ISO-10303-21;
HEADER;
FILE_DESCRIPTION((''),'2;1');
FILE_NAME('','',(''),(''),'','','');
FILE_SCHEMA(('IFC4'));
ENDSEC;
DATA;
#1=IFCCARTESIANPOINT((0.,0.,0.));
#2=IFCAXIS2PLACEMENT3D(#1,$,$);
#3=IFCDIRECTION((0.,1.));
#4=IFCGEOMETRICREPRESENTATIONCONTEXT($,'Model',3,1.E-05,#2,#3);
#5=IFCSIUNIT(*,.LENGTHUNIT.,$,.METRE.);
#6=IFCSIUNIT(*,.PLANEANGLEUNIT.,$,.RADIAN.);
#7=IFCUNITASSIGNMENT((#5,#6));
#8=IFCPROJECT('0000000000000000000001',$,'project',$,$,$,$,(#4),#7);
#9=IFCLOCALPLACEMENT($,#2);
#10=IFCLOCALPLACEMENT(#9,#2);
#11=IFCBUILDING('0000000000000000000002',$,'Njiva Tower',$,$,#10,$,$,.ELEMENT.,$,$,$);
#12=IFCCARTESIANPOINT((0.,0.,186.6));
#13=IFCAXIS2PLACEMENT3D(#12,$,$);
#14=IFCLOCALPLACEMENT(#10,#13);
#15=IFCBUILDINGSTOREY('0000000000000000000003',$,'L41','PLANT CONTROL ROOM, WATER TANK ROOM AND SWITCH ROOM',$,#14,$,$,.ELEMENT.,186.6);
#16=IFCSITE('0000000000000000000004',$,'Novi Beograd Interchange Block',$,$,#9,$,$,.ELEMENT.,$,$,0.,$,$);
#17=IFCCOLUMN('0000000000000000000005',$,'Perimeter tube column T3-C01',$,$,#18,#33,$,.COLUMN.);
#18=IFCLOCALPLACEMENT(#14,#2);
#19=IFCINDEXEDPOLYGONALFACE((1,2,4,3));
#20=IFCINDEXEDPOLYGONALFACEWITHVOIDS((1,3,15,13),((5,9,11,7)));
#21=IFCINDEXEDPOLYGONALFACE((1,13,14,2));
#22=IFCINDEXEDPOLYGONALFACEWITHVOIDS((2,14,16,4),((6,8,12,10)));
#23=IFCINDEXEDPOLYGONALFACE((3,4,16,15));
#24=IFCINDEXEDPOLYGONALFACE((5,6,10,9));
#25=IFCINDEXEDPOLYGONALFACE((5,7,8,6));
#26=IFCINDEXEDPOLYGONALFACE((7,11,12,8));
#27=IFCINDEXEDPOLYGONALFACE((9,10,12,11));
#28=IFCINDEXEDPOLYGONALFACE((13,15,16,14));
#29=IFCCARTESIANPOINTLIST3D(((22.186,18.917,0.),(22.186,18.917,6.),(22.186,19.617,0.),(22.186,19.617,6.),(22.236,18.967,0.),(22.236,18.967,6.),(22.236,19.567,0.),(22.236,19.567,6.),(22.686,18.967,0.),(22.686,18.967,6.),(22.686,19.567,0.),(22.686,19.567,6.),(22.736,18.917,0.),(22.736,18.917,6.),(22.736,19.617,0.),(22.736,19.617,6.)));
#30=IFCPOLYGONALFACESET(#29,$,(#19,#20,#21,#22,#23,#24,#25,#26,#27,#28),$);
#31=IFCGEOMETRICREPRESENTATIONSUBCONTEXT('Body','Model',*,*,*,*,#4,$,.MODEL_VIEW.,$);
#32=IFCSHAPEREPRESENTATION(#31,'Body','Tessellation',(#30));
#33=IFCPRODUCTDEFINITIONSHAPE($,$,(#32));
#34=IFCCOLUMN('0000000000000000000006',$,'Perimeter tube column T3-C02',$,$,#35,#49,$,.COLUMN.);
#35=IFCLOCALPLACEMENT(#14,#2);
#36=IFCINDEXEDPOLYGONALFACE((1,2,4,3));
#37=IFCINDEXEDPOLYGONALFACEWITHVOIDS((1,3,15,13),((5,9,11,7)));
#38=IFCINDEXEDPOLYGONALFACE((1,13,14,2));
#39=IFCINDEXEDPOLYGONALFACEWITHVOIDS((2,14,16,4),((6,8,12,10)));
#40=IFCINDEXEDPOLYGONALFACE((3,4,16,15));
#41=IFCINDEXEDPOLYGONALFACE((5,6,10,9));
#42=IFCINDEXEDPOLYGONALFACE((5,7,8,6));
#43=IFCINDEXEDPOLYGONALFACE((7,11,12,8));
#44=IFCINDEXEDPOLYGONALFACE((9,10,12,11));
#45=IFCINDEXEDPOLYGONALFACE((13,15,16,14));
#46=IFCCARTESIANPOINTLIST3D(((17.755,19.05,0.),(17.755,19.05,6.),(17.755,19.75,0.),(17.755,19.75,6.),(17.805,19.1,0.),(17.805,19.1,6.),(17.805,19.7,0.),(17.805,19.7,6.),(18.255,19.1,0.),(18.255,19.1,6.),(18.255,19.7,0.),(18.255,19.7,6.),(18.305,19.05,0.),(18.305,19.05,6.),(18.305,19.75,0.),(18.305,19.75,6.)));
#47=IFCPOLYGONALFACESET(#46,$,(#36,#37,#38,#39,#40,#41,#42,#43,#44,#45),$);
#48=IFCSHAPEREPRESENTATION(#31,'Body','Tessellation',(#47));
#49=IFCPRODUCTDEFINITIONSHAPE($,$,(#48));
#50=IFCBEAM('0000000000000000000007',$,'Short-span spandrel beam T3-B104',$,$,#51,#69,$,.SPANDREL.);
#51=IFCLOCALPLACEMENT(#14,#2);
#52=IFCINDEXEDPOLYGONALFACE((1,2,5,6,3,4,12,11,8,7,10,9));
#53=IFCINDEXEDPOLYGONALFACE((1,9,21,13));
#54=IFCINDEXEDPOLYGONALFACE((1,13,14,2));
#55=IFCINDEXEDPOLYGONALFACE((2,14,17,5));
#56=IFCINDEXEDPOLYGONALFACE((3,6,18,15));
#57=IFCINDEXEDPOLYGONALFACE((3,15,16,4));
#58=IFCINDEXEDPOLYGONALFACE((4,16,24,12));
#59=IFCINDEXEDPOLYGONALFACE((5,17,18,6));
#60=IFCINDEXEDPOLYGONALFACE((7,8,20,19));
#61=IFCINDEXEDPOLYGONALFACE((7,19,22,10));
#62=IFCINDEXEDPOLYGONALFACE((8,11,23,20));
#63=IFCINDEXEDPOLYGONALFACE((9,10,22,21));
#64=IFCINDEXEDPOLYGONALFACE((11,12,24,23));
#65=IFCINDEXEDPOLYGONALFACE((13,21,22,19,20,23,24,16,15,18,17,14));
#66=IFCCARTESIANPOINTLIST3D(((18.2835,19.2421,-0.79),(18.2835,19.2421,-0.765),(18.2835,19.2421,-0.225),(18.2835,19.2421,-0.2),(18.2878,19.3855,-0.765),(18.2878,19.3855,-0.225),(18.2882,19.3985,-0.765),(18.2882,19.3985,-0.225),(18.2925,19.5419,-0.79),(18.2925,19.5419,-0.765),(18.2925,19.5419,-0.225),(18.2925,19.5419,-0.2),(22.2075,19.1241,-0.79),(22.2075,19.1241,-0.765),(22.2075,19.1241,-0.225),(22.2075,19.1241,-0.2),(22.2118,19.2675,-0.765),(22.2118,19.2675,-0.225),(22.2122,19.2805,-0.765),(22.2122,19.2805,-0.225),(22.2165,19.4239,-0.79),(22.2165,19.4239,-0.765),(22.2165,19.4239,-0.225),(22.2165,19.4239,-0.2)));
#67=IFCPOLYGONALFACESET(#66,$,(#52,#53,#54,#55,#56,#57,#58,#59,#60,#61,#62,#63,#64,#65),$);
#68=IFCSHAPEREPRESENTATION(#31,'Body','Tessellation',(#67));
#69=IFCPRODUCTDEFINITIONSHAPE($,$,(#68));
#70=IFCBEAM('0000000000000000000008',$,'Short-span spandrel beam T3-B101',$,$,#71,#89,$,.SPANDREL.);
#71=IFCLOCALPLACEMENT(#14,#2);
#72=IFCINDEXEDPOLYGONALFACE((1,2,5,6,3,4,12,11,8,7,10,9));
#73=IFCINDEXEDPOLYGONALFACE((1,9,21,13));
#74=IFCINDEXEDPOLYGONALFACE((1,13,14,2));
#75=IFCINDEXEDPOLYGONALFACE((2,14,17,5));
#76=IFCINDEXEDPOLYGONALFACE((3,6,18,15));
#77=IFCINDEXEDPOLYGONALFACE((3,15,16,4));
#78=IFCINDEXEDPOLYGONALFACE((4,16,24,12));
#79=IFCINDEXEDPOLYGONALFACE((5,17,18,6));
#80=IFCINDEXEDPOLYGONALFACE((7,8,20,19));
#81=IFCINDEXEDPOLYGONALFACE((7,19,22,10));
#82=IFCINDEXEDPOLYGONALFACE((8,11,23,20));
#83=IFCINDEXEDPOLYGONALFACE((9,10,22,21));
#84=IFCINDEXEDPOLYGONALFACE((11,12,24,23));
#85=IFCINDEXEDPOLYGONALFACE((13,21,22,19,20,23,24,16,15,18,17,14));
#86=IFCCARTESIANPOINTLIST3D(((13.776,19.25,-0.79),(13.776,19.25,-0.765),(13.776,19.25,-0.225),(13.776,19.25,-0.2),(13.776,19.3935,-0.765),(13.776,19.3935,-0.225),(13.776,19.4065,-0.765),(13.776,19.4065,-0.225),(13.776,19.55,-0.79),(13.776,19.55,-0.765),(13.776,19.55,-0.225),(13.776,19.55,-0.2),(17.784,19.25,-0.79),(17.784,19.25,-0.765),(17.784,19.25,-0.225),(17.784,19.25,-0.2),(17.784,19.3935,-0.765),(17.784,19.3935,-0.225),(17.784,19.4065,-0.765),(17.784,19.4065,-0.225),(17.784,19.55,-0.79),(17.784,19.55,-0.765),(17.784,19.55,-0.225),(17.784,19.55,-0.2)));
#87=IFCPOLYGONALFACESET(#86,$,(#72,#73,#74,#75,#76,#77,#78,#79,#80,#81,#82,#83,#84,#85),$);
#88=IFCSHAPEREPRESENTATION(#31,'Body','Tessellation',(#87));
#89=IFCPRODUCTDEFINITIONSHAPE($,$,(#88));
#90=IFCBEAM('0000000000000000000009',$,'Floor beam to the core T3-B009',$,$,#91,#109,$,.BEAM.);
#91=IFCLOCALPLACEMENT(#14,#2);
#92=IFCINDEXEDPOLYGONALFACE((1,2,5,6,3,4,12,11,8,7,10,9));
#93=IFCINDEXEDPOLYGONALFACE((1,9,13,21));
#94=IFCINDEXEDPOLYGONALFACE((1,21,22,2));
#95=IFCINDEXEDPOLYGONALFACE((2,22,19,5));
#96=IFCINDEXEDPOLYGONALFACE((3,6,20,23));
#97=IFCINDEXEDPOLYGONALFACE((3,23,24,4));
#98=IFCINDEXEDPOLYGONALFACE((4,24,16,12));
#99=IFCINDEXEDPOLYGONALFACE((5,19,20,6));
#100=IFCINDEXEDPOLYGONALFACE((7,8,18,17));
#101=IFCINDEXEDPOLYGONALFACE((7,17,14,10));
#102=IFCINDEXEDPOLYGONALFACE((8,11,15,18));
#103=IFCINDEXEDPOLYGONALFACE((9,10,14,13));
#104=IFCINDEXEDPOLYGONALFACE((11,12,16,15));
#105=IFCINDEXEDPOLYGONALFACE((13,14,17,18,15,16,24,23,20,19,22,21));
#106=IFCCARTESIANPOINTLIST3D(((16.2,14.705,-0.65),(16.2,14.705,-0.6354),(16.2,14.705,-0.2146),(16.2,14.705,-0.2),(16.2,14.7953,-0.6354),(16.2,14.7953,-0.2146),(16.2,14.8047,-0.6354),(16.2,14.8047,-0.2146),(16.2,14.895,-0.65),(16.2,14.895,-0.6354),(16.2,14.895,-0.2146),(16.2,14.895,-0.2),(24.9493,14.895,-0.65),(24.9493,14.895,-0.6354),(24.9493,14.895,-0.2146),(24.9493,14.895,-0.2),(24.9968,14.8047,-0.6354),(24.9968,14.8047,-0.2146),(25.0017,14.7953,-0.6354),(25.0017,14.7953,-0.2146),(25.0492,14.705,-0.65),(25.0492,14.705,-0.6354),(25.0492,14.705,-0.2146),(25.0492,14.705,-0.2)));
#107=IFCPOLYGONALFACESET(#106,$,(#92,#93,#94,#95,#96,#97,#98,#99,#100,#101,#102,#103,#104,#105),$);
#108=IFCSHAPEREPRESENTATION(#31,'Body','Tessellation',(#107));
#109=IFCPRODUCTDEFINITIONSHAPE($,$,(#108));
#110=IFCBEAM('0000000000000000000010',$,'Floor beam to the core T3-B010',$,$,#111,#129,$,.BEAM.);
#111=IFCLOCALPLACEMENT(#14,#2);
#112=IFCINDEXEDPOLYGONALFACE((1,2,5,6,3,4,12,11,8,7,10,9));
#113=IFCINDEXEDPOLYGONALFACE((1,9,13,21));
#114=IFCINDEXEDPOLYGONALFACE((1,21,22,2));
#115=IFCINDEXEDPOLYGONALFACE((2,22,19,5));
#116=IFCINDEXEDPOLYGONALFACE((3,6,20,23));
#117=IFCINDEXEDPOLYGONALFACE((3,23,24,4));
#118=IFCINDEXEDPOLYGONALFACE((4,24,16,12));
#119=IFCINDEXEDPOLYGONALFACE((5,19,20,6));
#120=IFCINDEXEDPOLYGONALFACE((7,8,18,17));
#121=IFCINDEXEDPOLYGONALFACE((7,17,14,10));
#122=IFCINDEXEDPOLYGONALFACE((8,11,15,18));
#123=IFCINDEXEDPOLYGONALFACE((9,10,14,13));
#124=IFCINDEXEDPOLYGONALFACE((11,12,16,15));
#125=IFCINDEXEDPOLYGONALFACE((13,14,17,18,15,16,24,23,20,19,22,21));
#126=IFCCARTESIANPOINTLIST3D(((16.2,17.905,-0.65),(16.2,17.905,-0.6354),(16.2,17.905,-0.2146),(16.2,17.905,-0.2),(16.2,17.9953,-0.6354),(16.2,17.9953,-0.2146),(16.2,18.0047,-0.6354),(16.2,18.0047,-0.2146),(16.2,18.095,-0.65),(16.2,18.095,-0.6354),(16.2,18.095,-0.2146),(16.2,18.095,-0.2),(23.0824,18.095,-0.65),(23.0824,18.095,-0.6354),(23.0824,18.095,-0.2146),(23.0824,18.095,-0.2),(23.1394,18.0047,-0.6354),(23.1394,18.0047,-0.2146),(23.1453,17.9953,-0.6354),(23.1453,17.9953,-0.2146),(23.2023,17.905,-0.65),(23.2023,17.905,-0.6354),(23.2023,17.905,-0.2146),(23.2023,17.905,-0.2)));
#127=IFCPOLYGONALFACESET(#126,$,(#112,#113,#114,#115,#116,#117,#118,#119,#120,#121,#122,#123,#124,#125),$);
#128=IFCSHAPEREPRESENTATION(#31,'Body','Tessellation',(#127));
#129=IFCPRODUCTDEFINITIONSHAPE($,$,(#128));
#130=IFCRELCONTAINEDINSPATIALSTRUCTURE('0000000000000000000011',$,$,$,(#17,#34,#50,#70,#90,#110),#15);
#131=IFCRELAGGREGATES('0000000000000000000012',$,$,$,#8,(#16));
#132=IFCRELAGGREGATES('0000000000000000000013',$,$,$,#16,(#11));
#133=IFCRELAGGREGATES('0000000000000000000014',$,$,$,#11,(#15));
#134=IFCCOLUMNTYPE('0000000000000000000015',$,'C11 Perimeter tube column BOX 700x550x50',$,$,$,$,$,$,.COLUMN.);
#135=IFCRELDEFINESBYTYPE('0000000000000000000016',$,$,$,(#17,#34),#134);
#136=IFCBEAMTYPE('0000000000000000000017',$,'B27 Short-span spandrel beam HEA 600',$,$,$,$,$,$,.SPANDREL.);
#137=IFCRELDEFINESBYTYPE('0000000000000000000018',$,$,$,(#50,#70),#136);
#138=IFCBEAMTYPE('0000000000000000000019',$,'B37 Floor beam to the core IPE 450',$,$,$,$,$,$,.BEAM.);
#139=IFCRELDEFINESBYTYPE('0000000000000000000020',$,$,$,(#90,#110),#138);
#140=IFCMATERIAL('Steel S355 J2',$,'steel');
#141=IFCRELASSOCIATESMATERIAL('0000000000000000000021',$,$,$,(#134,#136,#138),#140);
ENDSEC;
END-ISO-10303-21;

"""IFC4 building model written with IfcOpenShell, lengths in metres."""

from ifc_helpers import new_model, si_unit, direction, frame, origin, origin_2d, place, context, subcontext, project, spatial, hollow_rectangle, i_section, extrude, clip, halfspace, material, material_profile, profile_set, type_object, element, save


model = new_model("IFC4")

# Units and contexts
model_context = context("Model", 3, precision=1e-05, world=origin(), true_north=direction((0.0, 1.0)))
body_context = subcontext(model_context, "Body", "Model", "MODEL_VIEW")
ifc_project = project(units=[si_unit("LENGTHUNIT", "METRE"), si_unit("PLANEANGLEUNIT", "RADIAN")], contexts=[model_context])

# Site, building, storey
site_placement = place(None, origin())
site = spatial("IfcSite", under=ifc_project, at=site_placement, Name="Novi Beograd Interchange Block", CompositionType="ELEMENT", RefElevation=0.0)
building_placement = place(site_placement, origin())
building = spatial("IfcBuilding", under=site, at=building_placement, Name="Njiva Tower", CompositionType="ELEMENT")
storey_placement = place(building_placement, frame((0.0, 0.0, 186.6)))
storey = spatial("IfcBuildingStorey", under=building, at=storey_placement, Name="L41", Description="PLANT CONTROL ROOM, WATER TANK ROOM AND SWITCH ROOM", CompositionType="ELEMENT", Elevation=186.6)

# Columns
ifc_material_1 = material(Name="Steel S355 J2", Category="steel")
ifc_material_profile_1 = material_profile(ifc_material_1, hollow_rectangle(XDim=0.55, YDim=0.7, WallThickness=0.05, at=origin_2d()), Name="BOX 700x550x50")
ifc_profile_set_1 = profile_set([ifc_material_profile_1], Name="Steel S355 J2")
column_type = type_object("IfcColumnType", Name="C11 Perimeter tube column BOX 700x550x50", PredefinedType="COLUMN", material=ifc_profile_set_1)
for number, where, z_axis, x_axis, name in (
    (1, (22.461, 19.267, 0.0), (0.0, 0.0, 1.0), (-1.0, 0.0, 0.0), "Perimeter tube column T3-C01"),
    (2, (18.03, 19.4, 0.0), (0.0, 0.0, 1.0), (-1.0, 0.0, 0.0), "Perimeter tube column T3-C02"),
):
    element("IfcColumn", number, at=place(storey_placement, frame(where, z_axis=z_axis, x_axis=x_axis)), inside=storey, type_object=column_type, Name=name, PredefinedType="COLUMN", context=body_context, shape_type="SweptSolid", body=[
        extrude(hollow_rectangle(XDim=0.55, YDim=0.7, WallThickness=0.05, at=origin_2d()), origin(), (0.0, 0.0, 1.0), 6.0),
    ])

# Beams
ifc_material_profile_2 = material_profile(ifc_material_1, i_section(OverallWidth=0.3, OverallDepth=0.59, WebThickness=0.013, FlangeThickness=0.025, at=origin_2d()), Name="HEA 600")
ifc_profile_set_2 = profile_set([ifc_material_profile_2], Name="Steel S355 J2")
beam_type_1 = type_object("IfcBeamType", Name="B27 Short-span spandrel beam HEA 600", PredefinedType="SPANDREL", material=ifc_profile_set_2)
beam_1_placement = place(storey_placement, frame((22.212, 19.274, -0.495), z_axis=(-0.999548, 0.030058, 0.0), x_axis=(-0.030058, -0.999548, 0.0)))
element("IfcBeam", 3, at=beam_1_placement, inside=storey, type_object=beam_type_1, Name="Short-span spandrel beam T3-B104", PredefinedType="SPANDREL", context=body_context, shape_type="SweptSolid", body=[
    extrude(i_section(OverallWidth=0.3, OverallDepth=0.59, WebThickness=0.013, FlangeThickness=0.025, at=origin_2d()), origin(), (0.0, 0.0, 1.0), 3.9258),
])
beam_2_placement = place(storey_placement, frame((17.784, 19.4, -0.495), z_axis=(-1.0, 0.0, 0.0), x_axis=(0.0, -1.0, 0.0)))
element("IfcBeam", 4, at=beam_2_placement, inside=storey, type_object=beam_type_1, Name="Short-span spandrel beam T3-B101", PredefinedType="SPANDREL", context=body_context, shape_type="SweptSolid", body=[
    extrude(i_section(OverallWidth=0.3, OverallDepth=0.59, WebThickness=0.013, FlangeThickness=0.025, at=origin_2d()), origin(), (0.0, 0.0, 1.0), 4.008),
])
ifc_material_profile_3 = material_profile(ifc_material_1, i_section(OverallWidth=0.19, OverallDepth=0.45, WebThickness=0.0094, FlangeThickness=0.0146, at=origin_2d()), Name="IPE 450")
ifc_profile_set_3 = profile_set([ifc_material_profile_3], Name="Steel S355 J2")
beam_type_2 = type_object("IfcBeamType", Name="B37 Floor beam to the core IPE 450", PredefinedType="BEAM", material=ifc_profile_set_3)
beam_3_placement = place(storey_placement, frame((16.2, 14.8, -0.425), z_axis=(1.0, 0.0, 0.0), x_axis=(0.0, 1.0, 0.0)))
element("IfcBeam", 5, at=beam_3_placement, inside=storey, type_object=beam_type_2, Name="Floor beam to the core T3-B009", PredefinedType="BEAM", context=body_context, shape_type="Clipping", body=[
    clip(extrude(i_section(OverallWidth=0.19, OverallDepth=0.45, WebThickness=0.0094, FlangeThickness=0.0146, at=origin_2d()), origin(), (0.0, 0.0, 1.0), 8.869), halfspace(frame((0.0233, 0.0, 8.787), z_axis=(0.46565, 0.0, 0.884969), x_axis=(0.0, 1.0, 0.0)), False)),
])
beam_4_placement = place(storey_placement, frame((16.2, 18.0, -0.425), z_axis=(1.0, 0.0, 0.0), x_axis=(0.0, 1.0, 0.0)))
element("IfcBeam", 6, at=beam_4_placement, inside=storey, type_object=beam_type_2, Name="Floor beam to the core T3-B010", PredefinedType="BEAM", context=body_context, shape_type="Clipping", body=[
    clip(extrude(i_section(OverallWidth=0.19, OverallDepth=0.45, WebThickness=0.0094, FlangeThickness=0.0146, at=origin_2d()), origin(), (0.0, 0.0, 1.0), 7.022), halfspace(frame((0.0267, 0.0, 6.9255), z_axis=(0.53358, 0.0, 0.84575), x_axis=(0.0, 1.0, 0.0)), False)),
])

save(model, "model.ifc")
